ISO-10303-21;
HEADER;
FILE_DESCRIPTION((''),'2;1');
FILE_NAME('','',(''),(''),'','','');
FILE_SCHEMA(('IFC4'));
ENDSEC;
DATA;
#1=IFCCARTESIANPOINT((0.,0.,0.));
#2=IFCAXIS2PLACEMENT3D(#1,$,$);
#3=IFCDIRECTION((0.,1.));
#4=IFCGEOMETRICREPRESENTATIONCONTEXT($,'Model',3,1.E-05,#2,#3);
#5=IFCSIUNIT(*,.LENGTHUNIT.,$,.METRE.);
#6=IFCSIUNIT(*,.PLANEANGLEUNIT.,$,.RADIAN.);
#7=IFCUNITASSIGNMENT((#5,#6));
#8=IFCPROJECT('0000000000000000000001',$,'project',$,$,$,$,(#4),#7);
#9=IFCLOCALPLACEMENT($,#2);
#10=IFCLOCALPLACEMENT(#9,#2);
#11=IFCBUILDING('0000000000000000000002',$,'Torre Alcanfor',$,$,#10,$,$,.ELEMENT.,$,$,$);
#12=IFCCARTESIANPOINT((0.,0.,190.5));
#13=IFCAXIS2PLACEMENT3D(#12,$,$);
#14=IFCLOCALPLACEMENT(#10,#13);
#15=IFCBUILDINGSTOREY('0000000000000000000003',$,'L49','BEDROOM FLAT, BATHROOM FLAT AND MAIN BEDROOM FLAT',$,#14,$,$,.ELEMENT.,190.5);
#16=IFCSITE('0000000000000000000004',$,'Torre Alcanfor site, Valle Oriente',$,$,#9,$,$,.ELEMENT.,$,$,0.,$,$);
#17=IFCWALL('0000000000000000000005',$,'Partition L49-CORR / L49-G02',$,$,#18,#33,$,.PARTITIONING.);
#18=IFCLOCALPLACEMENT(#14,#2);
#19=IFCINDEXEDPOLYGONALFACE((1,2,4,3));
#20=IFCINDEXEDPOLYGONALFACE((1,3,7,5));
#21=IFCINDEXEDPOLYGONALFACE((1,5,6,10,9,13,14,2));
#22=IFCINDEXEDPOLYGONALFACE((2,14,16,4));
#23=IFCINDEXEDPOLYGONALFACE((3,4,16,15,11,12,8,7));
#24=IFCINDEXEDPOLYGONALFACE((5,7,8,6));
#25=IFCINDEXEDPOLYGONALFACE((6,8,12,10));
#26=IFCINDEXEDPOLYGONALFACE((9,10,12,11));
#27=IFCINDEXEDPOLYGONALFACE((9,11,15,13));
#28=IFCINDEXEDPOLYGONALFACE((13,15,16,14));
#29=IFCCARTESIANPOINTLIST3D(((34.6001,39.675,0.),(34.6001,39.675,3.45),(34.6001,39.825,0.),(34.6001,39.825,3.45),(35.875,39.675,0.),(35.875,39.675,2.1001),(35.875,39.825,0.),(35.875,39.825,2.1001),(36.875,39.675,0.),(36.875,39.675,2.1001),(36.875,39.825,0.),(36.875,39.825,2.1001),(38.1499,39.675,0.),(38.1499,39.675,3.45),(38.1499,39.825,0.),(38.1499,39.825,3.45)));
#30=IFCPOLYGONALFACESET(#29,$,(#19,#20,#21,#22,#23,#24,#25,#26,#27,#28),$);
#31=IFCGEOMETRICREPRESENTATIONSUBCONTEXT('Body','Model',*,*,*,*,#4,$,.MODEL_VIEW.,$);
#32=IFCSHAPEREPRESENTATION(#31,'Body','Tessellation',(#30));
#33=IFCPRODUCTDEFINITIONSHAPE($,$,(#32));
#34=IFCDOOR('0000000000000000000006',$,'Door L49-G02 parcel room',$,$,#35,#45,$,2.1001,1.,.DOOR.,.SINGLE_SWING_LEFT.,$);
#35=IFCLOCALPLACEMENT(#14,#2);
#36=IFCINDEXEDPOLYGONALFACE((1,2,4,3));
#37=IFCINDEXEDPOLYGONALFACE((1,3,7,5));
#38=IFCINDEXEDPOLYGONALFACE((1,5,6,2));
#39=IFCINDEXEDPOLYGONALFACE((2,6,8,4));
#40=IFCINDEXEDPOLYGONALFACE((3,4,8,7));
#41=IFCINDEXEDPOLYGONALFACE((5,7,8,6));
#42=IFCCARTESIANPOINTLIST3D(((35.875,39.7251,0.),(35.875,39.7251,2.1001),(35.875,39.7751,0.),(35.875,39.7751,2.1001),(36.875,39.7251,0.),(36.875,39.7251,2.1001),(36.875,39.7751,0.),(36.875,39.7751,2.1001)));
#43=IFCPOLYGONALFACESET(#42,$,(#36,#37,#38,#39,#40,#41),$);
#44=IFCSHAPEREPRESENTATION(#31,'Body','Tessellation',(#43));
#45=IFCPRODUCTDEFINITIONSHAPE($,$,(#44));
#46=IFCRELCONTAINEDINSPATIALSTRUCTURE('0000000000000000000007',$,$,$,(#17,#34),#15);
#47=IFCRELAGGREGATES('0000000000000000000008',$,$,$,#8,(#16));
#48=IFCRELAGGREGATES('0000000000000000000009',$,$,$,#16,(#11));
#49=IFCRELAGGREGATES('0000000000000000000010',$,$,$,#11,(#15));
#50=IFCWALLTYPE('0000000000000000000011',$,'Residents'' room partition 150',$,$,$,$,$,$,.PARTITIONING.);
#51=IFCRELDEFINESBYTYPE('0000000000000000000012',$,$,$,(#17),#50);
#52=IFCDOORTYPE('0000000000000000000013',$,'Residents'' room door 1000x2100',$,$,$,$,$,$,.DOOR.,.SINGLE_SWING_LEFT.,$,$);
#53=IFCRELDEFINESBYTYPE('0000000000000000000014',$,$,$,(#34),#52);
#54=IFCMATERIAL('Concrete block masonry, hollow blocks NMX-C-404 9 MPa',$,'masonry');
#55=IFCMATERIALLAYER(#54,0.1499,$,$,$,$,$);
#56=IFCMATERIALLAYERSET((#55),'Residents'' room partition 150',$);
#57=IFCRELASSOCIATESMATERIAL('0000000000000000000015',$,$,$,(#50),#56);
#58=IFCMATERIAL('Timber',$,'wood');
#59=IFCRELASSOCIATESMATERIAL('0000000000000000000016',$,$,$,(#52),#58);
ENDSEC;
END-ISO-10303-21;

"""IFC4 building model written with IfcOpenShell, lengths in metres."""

from ifc_helpers import new_model, si_unit, direction, frame, frame_2d, origin, place, context, subcontext, project, spatial, rectangle, extrude, material, layer, layer_set, type_object, element, fill, save


model = new_model("IFC4")

# Units and contexts
model_context = context("Model", 3, precision=1e-05, world=origin(), true_north=direction((0.0, 1.0)))
body_context = subcontext(model_context, "Body", "Model", "MODEL_VIEW")
ifc_project = project(units=[si_unit("LENGTHUNIT", "METRE"), si_unit("PLANEANGLEUNIT", "RADIAN")], contexts=[model_context])

# Site, building, storey
site_placement = place(None, origin())
site = spatial("IfcSite", under=ifc_project, at=site_placement, Name="Torre Alcanfor site, Valle Oriente", CompositionType="ELEMENT", RefElevation=0.0)
building_placement = place(site_placement, origin())
building = spatial("IfcBuilding", under=site, at=building_placement, Name="Torre Alcanfor", CompositionType="ELEMENT")
storey_placement = place(building_placement, frame((0.0, 0.0, 190.5)))
storey = spatial("IfcBuildingStorey", under=building, at=storey_placement, Name="L49", Description="BEDROOM FLAT, BATHROOM FLAT AND MAIN BEDROOM FLAT", CompositionType="ELEMENT", Elevation=190.5)

# Shared definitions
ifc_material_1 = material(Name="Concrete block masonry, hollow blocks NMX-C-404 9 MPa", Category="masonry")
ifc_layer_1 = layer(ifc_material_1, 0.1499)
ifc_layer_set_1 = layer_set([ifc_layer_1], Name="Residents' room partition 150")
wall_type_1 = type_object("IfcWallType", Name="Residents' room partition 150", PredefinedType="PARTITIONING", material=ifc_layer_set_1)

# Wall, opening, door
wall_1_placement = place(storey_placement, frame((38.1499, 39.75, 0.0), z_axis=(0.0, 0.0, 1.0), x_axis=(-1.0, 0.0, 0.0)))
wall_1 = element("IfcWall", 1, at=wall_1_placement, inside=storey, type_object=wall_type_1, Name="Partition L49-CORR / L49-G02", PredefinedType="PARTITIONING", context=body_context, shape_type="SweptSolid", body=[
    extrude(rectangle(XDim=3.5498, YDim=0.1499, at=frame_2d((1.7749, 0.0))), origin(), (0.0, 0.0, 1.0), 3.45),
])
opening_1_placement = place(wall_1_placement, frame((1.2749, 0.0, 0.0)))
opening_1 = element("IfcOpeningElement", 2, at=opening_1_placement, cuts=wall_1, PredefinedType="OPENING", context=body_context, shape_type="SweptSolid", body=[
    extrude(rectangle(XDim=1.0, YDim=2.1001, at=frame_2d((0.5, 1.05))), frame((0.0, 0.085, 0.0), z_axis=(0.0, -1.0, 0.0), x_axis=(1.0, 0.0, 0.0)), (0.0, 0.0, 1.0), 0.1699),
])
ifc_material_2 = material(Name="Timber", Category="wood")
door_type_1 = type_object("IfcDoorType", Name="Residents' room door 1000x2100", OperationType="SINGLE_SWING_LEFT", PredefinedType="DOOR", material=ifc_material_2)
door_1_placement = place(opening_1_placement, origin())
door_1 = element("IfcDoor", 3, at=door_1_placement, inside=storey, type_object=door_type_1, Name="Door L49-G02 parcel room", OperationType="SINGLE_SWING_LEFT", OverallHeight=2.1001, OverallWidth=1.0, PredefinedType="DOOR", context=body_context, shape_type="SweptSolid", body=[
    extrude(rectangle(XDim=1.0, YDim=2.1001, at=frame_2d((0.5, 1.05))), frame((0.0, 0.0249, 0.0), z_axis=(0.0, -1.0, 0.0), x_axis=(1.0, 0.0, 0.0)), (0.0, 0.0, 1.0), 0.05),
])
fill(opening_1, door_1)

save(model, "model.ifc")
